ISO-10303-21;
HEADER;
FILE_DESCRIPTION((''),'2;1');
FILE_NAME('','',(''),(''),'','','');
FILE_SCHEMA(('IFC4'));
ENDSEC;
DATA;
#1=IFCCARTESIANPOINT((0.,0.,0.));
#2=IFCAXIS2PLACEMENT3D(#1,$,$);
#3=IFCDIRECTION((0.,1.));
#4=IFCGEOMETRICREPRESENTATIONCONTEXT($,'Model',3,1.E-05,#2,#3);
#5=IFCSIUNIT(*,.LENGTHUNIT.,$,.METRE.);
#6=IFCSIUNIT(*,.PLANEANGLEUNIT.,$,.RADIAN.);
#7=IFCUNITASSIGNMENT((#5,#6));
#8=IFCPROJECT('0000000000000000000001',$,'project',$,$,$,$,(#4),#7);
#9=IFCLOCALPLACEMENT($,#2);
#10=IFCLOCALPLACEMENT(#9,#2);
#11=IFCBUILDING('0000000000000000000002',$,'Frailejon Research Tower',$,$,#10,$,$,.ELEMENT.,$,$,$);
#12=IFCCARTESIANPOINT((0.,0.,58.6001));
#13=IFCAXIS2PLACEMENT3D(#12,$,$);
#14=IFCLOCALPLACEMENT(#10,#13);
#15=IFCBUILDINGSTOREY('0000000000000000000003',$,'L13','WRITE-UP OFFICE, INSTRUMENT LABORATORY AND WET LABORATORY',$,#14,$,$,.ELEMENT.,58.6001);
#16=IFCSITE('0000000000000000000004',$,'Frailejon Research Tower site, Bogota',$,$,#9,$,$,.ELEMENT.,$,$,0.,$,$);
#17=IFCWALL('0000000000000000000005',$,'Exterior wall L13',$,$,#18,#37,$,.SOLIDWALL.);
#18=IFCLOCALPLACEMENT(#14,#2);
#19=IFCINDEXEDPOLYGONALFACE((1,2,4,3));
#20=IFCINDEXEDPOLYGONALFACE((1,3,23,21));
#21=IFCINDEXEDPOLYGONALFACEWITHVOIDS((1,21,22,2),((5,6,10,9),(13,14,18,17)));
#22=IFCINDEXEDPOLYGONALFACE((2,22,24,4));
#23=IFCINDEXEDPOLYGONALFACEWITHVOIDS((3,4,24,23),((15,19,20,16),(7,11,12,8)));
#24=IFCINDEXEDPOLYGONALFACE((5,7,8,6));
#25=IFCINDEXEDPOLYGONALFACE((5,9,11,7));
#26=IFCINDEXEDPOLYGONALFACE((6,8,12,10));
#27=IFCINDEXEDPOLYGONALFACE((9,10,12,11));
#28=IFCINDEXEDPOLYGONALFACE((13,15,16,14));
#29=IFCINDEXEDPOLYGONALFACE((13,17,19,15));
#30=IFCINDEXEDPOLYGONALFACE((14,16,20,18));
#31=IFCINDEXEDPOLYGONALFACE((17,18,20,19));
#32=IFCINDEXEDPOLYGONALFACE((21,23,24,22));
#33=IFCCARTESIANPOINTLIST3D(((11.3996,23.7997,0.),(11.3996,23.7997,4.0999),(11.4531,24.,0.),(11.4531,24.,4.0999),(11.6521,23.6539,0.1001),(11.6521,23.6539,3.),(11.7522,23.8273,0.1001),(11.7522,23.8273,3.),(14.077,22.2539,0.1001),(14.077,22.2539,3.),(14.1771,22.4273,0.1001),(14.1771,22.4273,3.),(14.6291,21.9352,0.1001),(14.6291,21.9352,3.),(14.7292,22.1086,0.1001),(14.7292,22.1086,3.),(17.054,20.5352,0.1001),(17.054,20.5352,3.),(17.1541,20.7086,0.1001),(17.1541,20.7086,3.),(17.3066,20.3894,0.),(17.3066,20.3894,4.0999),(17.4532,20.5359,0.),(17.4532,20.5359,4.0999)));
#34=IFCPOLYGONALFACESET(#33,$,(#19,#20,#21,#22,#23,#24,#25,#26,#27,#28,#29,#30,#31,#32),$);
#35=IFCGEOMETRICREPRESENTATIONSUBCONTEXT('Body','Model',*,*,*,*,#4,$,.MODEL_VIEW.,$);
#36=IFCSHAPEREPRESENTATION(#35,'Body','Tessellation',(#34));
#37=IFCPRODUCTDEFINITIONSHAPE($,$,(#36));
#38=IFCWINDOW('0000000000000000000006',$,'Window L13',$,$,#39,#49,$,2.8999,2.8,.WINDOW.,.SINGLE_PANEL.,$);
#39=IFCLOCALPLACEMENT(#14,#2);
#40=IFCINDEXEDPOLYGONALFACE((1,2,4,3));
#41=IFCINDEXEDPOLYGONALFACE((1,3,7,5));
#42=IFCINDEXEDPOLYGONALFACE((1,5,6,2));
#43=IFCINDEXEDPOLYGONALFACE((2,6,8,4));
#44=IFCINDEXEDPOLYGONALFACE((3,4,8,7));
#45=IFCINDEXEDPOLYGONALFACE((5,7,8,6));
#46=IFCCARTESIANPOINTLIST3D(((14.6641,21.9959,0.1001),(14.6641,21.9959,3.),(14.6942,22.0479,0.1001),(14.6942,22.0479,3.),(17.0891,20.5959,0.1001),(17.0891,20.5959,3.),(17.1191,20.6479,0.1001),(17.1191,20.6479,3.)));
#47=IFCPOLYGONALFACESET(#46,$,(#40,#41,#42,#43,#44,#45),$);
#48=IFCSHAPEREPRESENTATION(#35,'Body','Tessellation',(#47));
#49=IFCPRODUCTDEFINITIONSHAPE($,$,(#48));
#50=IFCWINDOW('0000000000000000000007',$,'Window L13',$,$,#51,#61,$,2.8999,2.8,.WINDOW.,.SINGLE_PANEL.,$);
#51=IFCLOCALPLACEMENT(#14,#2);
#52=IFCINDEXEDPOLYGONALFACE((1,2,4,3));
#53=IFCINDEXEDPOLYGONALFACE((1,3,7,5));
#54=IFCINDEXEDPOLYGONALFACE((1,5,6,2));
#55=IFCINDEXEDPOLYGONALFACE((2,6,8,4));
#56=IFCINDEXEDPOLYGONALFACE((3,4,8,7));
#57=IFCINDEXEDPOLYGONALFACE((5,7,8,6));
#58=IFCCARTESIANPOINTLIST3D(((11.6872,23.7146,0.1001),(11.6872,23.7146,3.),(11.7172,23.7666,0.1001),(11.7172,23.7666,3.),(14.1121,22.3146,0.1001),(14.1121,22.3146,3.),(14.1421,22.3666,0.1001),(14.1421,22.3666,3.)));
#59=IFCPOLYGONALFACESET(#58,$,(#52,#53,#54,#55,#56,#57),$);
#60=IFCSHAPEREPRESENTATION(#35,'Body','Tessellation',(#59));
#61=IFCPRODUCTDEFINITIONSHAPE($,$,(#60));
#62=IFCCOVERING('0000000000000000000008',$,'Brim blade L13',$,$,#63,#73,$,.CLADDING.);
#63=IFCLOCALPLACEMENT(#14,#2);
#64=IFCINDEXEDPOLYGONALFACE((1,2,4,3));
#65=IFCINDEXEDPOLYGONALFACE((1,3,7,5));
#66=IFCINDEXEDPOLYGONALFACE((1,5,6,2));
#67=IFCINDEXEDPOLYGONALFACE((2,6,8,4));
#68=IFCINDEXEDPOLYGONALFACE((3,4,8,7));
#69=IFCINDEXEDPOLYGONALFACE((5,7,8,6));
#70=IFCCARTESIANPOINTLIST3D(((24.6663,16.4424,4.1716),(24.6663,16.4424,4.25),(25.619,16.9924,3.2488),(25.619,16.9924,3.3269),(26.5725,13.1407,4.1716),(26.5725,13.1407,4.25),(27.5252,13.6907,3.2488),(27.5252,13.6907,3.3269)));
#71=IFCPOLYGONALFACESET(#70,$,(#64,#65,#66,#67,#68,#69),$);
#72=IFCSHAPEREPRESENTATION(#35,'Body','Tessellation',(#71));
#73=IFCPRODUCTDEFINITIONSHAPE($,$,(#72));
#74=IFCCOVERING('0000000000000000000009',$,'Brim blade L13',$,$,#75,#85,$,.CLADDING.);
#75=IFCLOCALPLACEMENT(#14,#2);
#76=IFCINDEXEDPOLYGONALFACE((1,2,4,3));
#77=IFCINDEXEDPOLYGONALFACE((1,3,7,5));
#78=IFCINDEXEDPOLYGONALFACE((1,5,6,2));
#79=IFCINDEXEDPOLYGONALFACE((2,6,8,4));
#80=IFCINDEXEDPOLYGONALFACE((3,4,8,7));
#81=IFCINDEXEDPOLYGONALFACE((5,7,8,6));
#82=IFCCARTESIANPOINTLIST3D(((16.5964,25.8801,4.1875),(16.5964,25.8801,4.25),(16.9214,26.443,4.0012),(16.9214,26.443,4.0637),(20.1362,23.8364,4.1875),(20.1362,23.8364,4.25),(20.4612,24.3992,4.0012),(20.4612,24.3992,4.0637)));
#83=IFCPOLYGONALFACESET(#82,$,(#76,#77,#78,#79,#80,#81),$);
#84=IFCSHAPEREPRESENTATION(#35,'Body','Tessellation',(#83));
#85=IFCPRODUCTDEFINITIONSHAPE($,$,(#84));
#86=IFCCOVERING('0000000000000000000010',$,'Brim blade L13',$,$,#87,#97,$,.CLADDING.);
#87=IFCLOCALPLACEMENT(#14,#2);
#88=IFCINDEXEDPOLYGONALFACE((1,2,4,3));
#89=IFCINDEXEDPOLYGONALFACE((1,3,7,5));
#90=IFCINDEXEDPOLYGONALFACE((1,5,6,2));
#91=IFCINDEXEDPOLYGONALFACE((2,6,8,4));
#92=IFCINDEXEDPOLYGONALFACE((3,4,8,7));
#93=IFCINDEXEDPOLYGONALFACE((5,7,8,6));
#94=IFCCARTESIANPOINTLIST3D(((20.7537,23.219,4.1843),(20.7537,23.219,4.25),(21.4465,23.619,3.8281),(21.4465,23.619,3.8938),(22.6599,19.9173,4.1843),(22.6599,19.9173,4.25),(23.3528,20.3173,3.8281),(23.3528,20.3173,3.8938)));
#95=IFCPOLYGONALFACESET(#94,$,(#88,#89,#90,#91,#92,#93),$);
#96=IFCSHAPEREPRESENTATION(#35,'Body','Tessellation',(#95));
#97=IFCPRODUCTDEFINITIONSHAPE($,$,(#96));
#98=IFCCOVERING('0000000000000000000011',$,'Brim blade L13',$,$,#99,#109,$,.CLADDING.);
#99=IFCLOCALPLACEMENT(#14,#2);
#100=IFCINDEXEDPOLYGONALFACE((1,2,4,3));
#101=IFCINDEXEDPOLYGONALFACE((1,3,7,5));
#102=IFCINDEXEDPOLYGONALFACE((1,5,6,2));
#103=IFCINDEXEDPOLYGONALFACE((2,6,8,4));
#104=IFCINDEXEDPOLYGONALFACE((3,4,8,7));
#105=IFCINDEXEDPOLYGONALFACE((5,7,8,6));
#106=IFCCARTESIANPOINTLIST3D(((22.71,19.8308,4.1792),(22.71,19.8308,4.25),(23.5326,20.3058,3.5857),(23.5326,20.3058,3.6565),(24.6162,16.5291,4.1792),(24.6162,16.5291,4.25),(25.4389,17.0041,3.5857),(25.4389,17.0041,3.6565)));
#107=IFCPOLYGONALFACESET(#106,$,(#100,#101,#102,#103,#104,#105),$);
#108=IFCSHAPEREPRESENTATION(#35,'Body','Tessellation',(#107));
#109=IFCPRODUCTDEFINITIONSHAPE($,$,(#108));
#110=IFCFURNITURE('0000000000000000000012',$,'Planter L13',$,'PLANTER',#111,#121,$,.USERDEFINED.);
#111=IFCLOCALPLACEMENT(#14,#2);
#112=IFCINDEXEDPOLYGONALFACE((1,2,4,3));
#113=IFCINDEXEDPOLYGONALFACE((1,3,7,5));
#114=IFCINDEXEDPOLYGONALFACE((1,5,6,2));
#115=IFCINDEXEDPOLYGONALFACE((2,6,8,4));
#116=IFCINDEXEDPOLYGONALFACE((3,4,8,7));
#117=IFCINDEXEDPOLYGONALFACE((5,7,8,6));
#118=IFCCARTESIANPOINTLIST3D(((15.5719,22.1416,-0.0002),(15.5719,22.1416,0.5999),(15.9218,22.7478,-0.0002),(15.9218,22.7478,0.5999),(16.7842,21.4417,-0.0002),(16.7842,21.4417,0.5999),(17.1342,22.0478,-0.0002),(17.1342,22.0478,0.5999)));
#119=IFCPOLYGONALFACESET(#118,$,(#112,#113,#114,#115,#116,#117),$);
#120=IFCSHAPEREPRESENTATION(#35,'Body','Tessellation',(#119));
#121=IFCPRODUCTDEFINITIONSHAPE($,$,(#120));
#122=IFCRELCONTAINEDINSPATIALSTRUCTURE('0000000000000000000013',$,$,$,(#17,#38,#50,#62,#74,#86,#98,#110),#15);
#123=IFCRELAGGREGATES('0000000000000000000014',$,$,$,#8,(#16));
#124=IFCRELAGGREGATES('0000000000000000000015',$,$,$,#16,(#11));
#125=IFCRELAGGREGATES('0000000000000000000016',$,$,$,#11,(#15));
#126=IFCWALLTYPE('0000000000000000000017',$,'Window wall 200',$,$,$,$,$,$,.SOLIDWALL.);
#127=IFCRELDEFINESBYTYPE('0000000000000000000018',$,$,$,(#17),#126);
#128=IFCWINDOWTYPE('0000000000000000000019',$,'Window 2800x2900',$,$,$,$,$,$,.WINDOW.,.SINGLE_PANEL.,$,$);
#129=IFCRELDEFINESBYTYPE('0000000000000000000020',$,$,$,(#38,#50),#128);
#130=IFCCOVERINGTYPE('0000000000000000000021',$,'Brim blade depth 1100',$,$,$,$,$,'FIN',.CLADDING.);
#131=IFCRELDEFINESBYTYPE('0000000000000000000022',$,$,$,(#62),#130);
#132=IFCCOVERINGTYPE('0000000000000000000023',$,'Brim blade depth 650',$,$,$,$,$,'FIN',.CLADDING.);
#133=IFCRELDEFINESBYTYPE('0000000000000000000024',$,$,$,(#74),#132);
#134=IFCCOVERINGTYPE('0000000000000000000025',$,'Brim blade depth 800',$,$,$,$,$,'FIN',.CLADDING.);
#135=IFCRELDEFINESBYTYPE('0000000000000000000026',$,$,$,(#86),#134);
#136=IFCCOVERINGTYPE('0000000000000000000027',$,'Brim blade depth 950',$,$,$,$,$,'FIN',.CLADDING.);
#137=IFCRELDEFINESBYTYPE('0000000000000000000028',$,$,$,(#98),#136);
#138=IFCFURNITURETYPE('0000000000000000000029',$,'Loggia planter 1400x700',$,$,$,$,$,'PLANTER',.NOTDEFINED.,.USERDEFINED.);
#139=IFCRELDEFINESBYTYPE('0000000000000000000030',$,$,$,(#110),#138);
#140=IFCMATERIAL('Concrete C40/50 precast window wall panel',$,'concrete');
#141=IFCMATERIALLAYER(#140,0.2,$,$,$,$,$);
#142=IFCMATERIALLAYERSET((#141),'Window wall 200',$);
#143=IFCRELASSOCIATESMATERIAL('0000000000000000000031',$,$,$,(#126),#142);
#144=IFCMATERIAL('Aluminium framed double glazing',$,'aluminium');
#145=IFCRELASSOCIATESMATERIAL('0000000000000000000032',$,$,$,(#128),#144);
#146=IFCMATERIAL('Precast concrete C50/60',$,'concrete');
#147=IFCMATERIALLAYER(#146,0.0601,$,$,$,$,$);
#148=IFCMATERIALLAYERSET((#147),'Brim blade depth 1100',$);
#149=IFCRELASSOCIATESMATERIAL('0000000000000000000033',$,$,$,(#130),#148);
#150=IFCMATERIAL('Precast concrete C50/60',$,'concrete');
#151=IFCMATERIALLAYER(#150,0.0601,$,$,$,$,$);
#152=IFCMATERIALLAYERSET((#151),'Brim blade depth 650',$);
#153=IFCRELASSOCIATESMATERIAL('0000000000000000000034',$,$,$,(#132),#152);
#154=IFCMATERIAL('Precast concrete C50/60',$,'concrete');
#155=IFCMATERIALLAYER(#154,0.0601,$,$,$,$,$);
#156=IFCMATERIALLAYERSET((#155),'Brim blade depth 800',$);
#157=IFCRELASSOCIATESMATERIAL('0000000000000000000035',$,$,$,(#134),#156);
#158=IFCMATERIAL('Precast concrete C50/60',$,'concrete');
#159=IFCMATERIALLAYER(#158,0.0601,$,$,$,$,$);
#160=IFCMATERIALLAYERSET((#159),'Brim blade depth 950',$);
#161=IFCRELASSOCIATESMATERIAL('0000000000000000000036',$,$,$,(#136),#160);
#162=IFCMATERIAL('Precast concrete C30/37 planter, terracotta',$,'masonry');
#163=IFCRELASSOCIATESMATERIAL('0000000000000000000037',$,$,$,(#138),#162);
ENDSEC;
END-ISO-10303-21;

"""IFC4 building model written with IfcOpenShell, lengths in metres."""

from ifc_helpers import new_model, si_unit, direction, frame, frame_2d, origin, origin_2d, place, context, subcontext, project, spatial, polyline, rectangle, outline, extrude, material, layer, layer_set, type_object, element, fill, save


model = new_model("IFC4")

# Units and contexts
model_context = context("Model", 3, precision=1e-05, world=origin(), true_north=direction((0.0, 1.0)))
body_context = subcontext(model_context, "Body", "Model", "MODEL_VIEW")
ifc_project = project(units=[si_unit("LENGTHUNIT", "METRE"), si_unit("PLANEANGLEUNIT", "RADIAN")], contexts=[model_context])

# Site, building, storey
site_placement = place(None, origin())
site = spatial("IfcSite", under=ifc_project, at=site_placement, Name="Frailejon Research Tower site, Bogota", CompositionType="ELEMENT", RefElevation=0.0)
building_placement = place(site_placement, origin())
building = spatial("IfcBuilding", under=site, at=building_placement, Name="Frailejon Research Tower", CompositionType="ELEMENT")
storey_placement = place(building_placement, frame((0.0, 0.0, 58.6001)))
storey = spatial("IfcBuildingStorey", under=building, at=storey_placement, Name="L13", Description="WRITE-UP OFFICE, INSTRUMENT LABORATORY AND WET LABORATORY", CompositionType="ELEMENT", Elevation=58.6001)

# Wall, openings, windows
ifc_material_1 = material(Name="Concrete C40/50 precast window wall panel", Category="concrete")
ifc_layer_1 = layer(ifc_material_1, 0.2)
ifc_layer_set_1 = layer_set([ifc_layer_1], Name="Window wall 200")
wall_type_1 = type_object("IfcWallType", Name="Window wall 200", PredefinedType="SOLIDWALL", material=ifc_layer_set_1)
wall_1_placement = place(storey_placement, frame((17.3799, 20.4626, 0.0), z_axis=(0.0, 0.0, 1.0), x_axis=(-0.866029, 0.499993, 0.0)))
wall_1 = element("IfcWall", 1, at=wall_1_placement, inside=storey, type_object=wall_type_1, Name="Exterior wall L13", PredefinedType="SOLIDWALL", context=body_context, shape_type="SweptSolid", body=[
    extrude(outline(polyline([(-0.0269, -0.1001), (1.1279, -0.1001), (2.2825, -0.1001), (3.4373, -0.1001), (4.592, -0.1001), (5.7466, -0.1001), (6.9014, -0.1001), (6.8477, 0.1001), (5.7109, 0.1001), (4.574, 0.1001), (3.4373, 0.1001), (2.3005, 0.1001), (1.1636, 0.1001), (0.0269, 0.1001), (-0.0269, -0.1001)])), origin(), (0.0, 0.0, 1.0), 4.0999),
])
opening_1_placement = place(wall_1_placement, frame((0.3186, 0.0, 0.1001)))
opening_1 = element("IfcOpeningElement", 2, at=opening_1_placement, cuts=wall_1, PredefinedType="OPENING", context=body_context, shape_type="SweptSolid", body=[
    extrude(rectangle(XDim=2.8, YDim=2.8999, at=frame_2d((1.3999, 1.45))), frame((0.0, 0.1099, 0.0), z_axis=(0.0, -1.0, 0.0), x_axis=(1.0, 0.0, 0.0)), (0.0, 0.0, 1.0), 0.22),
])
opening_2_placement = place(wall_1_placement, frame((3.7561, 0.0, 0.1001)))
opening_2 = element("IfcOpeningElement", 3, at=opening_2_placement, cuts=wall_1, PredefinedType="OPENING", context=body_context, shape_type="SweptSolid", body=[
    extrude(rectangle(XDim=2.8, YDim=2.8999, at=frame_2d((1.3999, 1.45))), frame((0.0, 0.1099, 0.0), z_axis=(0.0, -1.0, 0.0), x_axis=(1.0, 0.0, 0.0)), (0.0, 0.0, 1.0), 0.22),
])
ifc_material_2 = material(Name="Aluminium framed double glazing", Category="aluminium")
window_type = type_object("IfcWindowType", Name="Window 2800x2900", PartitioningType="SINGLE_PANEL", PredefinedType="WINDOW", material=ifc_material_2)
window_1_placement = place(opening_1_placement, origin())
window_1 = element("IfcWindow", 4, at=window_1_placement, inside=storey, type_object=window_type, Name="Window L13", OverallHeight=2.8999, OverallWidth=2.8, PartitioningType="SINGLE_PANEL", PredefinedType="WINDOW", context=body_context, shape_type="SweptSolid", body=[
    extrude(rectangle(XDim=2.8, YDim=2.8999, at=frame_2d((1.3999, 1.45))), frame((0.0, 0.03, 0.0), z_axis=(0.0, -1.0, 0.0), x_axis=(1.0, 0.0, 0.0)), (0.0, 0.0, 1.0), 0.0601),
])
fill(opening_1, window_1)
window_2_placement = place(opening_2_placement, origin())
window_2 = element("IfcWindow", 5, at=window_2_placement, inside=storey, type_object=window_type, Name="Window L13", OverallHeight=2.8999, OverallWidth=2.8, PartitioningType="SINGLE_PANEL", PredefinedType="WINDOW", context=body_context, shape_type="SweptSolid", body=[
    extrude(rectangle(XDim=2.8, YDim=2.8999, at=frame_2d((1.3999, 1.45))), frame((0.0, 0.03, 0.0), z_axis=(0.0, -1.0, 0.0), x_axis=(1.0, 0.0, 0.0)), (0.0, 0.0, 1.0), 0.0601),
])
fill(opening_2, window_2)

# Coverings
ifc_material_3 = material(Name="Precast concrete C50/60", Category="concrete")
ifc_layer_2 = layer(ifc_material_3, 0.0601)
ifc_layer_set_2 = layer_set([ifc_layer_2], Name="Brim blade depth 1100")
covering_type_1 = type_object("IfcCoveringType", Name="Brim blade depth 1100", ElementType="FIN", PredefinedType="CLADDING", material=ifc_layer_set_2)
covering_1_placement = place(storey_placement, frame((24.6663, 16.4424, 4.25), z_axis=(0.500001, -0.866025, 0.0), x_axis=(0.866025, 0.500001, 0.0)))
element("IfcCovering", 6, at=covering_1_placement, inside=storey, type_object=covering_type_1, Name="Brim blade L13", PredefinedType="CLADDING", context=body_context, shape_type="SweptSolid", body=[
    extrude(outline(polyline([(0.0, -0.0784), (1.1001, -1.0012), (1.1001, -0.9231), (0.0, 0.0), (0.0, -0.0784)])), origin(), (0.0, 0.0, 1.0), 3.8125),
])
ifc_material_4 = material(Name="Precast concrete C50/60", Category="concrete")
ifc_layer_3 = layer(ifc_material_4, 0.0601)
ifc_layer_set_3 = layer_set([ifc_layer_3], Name="Brim blade depth 650")
covering_type_2 = type_object("IfcCoveringType", Name="Brim blade depth 650", ElementType="FIN", PredefinedType="CLADDING", material=ifc_layer_set_3)
covering_2_placement = place(storey_placement, frame((16.5964, 25.8801, 4.25), z_axis=(0.866021, -0.500007, 0.0), x_axis=(0.500007, 0.866021, 0.0)))
element("IfcCovering", 7, at=covering_2_placement, inside=storey, type_object=covering_type_2, Name="Brim blade L13", PredefinedType="CLADDING", context=body_context, shape_type="SweptSolid", body=[
    extrude(outline(polyline([(0.0, -0.0625), (0.6499, -0.2488), (0.6499, -0.1863), (0.0, 0.0), (0.0, -0.0625)])), origin(), (0.0, 0.0, 1.0), 4.0874),
])
ifc_material_5 = material(Name="Precast concrete C50/60", Category="concrete")
ifc_layer_4 = layer(ifc_material_5, 0.0601)
ifc_layer_set_4 = layer_set([ifc_layer_4], Name="Brim blade depth 800")
covering_type_3 = type_object("IfcCoveringType", Name="Brim blade depth 800", ElementType="FIN", PredefinedType="CLADDING", material=ifc_layer_set_4)
covering_3_placement = place(storey_placement, frame((20.7537, 23.219, 4.25), z_axis=(0.500001, -0.866025, 0.0), x_axis=(0.866025, 0.500001, 0.0)))
element("IfcCovering", 8, at=covering_3_placement, inside=storey, type_object=covering_type_3, Name="Brim blade L13", PredefinedType="CLADDING", context=body_context, shape_type="SweptSolid", body=[
    extrude(outline(polyline([(0.0, -0.0657), (0.8, -0.4219), (0.8, -0.3562), (0.0, 0.0), (0.0, -0.0657)])), origin(), (0.0, 0.0, 1.0), 3.8125),
])
ifc_material_6 = material(Name="Precast concrete C50/60", Category="concrete")
ifc_layer_5 = layer(ifc_material_6, 0.0601)
ifc_layer_set_5 = layer_set([ifc_layer_5], Name="Brim blade depth 950")
covering_type_4 = type_object("IfcCoveringType", Name="Brim blade depth 950", ElementType="FIN", PredefinedType="CLADDING", material=ifc_layer_set_5)
covering_4_placement = place(storey_placement, frame((22.71, 19.8308, 4.25), z_axis=(0.500001, -0.866025, 0.0), x_axis=(0.866025, 0.500001, 0.0)))
element("IfcCovering", 9, at=covering_4_placement, inside=storey, type_object=covering_type_4, Name="Brim blade L13", PredefinedType="CLADDING", context=body_context, shape_type="SweptSolid", body=[
    extrude(outline(polyline([(0.0, -0.0708), (0.95, -0.6643), (0.95, -0.5935), (0.0, 0.0), (0.0, -0.0708)])), origin(), (0.0, 0.0, 1.0), 3.8125),
])

# Furniture
ifc_material_7 = material(Name="Precast concrete C30/37 planter, terracotta", Category="masonry")
furniture_type = type_object("IfcFurnitureType", Name="Loggia planter 1400x700", ElementType="PLANTER", AssemblyPlace="NOTDEFINED", PredefinedType="USERDEFINED", material=ifc_material_7)
furniture_placement = place(storey_placement, frame((16.353, 22.0947, -0.0002), z_axis=(0.0, 0.0, 1.0), x_axis=(-0.866025, 0.5, 0.0)))
element("IfcFurniture", 10, at=furniture_placement, inside=storey, type_object=furniture_type, Name="Planter L13", ObjectType="PLANTER", PredefinedType="USERDEFINED", context=body_context, shape_type="SweptSolid", body=[
    extrude(rectangle(XDim=1.3999, YDim=0.7, at=origin_2d()), origin(), (0.0, 0.0, 1.0), 0.6001),
])

save(model, "model.ifc")
